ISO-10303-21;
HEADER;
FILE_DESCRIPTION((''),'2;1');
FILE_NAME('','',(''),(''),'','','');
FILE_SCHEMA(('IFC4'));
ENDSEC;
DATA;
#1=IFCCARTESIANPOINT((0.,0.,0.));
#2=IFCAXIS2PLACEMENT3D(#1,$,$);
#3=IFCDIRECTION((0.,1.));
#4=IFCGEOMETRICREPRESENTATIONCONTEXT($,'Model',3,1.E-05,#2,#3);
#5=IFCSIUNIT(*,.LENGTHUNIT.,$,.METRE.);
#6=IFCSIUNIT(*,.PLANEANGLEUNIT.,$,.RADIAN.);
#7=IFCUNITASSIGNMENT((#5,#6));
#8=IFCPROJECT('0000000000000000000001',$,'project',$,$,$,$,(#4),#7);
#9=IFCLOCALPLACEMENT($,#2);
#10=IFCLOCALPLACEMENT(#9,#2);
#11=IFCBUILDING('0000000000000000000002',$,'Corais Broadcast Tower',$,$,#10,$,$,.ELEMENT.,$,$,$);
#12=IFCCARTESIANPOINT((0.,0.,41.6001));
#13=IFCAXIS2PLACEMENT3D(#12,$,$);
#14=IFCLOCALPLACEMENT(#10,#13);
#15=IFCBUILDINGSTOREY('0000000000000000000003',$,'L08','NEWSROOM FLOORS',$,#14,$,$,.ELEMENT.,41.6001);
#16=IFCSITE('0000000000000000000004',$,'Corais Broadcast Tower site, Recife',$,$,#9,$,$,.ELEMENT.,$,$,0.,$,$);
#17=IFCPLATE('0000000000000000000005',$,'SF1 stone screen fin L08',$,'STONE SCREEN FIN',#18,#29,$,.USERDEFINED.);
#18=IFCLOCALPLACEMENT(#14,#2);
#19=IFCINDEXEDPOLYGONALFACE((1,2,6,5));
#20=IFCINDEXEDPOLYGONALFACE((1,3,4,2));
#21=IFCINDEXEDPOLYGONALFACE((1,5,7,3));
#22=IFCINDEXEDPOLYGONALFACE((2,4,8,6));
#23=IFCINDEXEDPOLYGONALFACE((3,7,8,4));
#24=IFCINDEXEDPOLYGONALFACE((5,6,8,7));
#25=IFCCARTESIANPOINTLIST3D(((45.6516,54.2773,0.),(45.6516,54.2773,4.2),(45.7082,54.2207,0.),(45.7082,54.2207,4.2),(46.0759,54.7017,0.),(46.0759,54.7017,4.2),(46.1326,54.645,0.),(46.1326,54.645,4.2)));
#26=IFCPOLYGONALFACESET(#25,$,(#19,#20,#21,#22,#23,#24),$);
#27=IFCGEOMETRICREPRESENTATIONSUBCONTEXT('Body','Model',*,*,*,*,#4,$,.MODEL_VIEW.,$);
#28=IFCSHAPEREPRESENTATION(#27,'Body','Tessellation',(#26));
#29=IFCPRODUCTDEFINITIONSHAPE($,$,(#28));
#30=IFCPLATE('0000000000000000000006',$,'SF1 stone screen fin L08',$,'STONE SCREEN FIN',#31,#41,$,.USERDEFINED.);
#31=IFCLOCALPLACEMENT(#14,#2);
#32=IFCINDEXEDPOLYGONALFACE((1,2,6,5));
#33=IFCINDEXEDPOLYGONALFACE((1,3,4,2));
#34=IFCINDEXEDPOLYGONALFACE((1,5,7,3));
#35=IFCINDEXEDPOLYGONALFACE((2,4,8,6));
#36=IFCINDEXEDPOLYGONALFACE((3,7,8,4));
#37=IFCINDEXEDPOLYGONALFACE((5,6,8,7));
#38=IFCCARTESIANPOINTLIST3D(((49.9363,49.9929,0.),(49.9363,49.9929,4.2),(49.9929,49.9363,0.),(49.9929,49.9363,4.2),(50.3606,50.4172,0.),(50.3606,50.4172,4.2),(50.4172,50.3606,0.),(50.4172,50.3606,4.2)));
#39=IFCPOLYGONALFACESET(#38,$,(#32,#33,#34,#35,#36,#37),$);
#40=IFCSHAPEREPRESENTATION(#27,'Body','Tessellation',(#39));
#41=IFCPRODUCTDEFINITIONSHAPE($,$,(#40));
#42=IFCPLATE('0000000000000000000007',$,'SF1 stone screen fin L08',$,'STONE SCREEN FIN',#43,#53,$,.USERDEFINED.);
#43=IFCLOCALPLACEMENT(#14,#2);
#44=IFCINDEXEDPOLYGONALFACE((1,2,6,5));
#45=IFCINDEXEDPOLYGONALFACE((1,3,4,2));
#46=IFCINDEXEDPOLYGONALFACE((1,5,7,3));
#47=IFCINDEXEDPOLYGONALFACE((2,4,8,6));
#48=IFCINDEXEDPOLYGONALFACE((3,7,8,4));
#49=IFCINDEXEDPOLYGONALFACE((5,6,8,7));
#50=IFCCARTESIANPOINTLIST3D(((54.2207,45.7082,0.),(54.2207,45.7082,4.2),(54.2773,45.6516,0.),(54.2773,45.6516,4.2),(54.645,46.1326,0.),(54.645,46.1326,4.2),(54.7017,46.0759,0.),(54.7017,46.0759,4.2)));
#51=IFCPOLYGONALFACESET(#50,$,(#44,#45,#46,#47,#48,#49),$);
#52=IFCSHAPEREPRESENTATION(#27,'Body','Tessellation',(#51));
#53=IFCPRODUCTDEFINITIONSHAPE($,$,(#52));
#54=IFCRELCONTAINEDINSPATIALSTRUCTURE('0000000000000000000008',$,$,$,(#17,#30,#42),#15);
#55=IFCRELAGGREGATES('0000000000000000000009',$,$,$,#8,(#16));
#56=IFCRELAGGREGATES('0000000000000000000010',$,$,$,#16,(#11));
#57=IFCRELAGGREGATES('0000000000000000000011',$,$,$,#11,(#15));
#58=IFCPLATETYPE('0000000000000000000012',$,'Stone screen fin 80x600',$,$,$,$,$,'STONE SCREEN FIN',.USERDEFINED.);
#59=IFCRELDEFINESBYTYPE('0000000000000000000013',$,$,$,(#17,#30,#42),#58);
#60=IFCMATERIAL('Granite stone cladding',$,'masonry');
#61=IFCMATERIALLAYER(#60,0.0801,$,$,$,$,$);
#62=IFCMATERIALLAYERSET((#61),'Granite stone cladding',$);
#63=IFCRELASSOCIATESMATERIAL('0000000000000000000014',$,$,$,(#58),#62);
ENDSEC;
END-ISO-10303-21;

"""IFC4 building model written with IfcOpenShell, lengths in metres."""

from ifc_helpers import new_model, si_unit, direction, frame, origin, origin_2d, place, context, subcontext, project, spatial, rectangle, extrude, material, layer, layer_set, type_object, element, save


model = new_model("IFC4")

# Units and contexts
model_context = context("Model", 3, precision=1e-05, world=origin(), true_north=direction((0.0, 1.0)))
body_context = subcontext(model_context, "Body", "Model", "MODEL_VIEW")
ifc_project = project(units=[si_unit("LENGTHUNIT", "METRE"), si_unit("PLANEANGLEUNIT", "RADIAN")], contexts=[model_context])

# Site, building, storey
site_placement = place(None, origin())
site = spatial("IfcSite", under=ifc_project, at=site_placement, Name="Corais Broadcast Tower site, Recife", CompositionType="ELEMENT", RefElevation=0.0)
building_placement = place(site_placement, origin())
building = spatial("IfcBuilding", under=site, at=building_placement, Name="Corais Broadcast Tower", CompositionType="ELEMENT")
storey_placement = place(building_placement, frame((0.0, 0.0, 41.6001)))
storey = spatial("IfcBuildingStorey", under=building, at=storey_placement, Name="L08", Description="NEWSROOM FLOORS", CompositionType="ELEMENT", Elevation=41.6001)

# Plates
ifc_material_1 = material(Name="Granite stone cladding", Category="masonry")
ifc_layer_1 = layer(ifc_material_1, 0.0801)
ifc_layer_set_1 = layer_set([ifc_layer_1], Name="Granite stone cladding")
plate_type_1 = type_object("IfcPlateType", Name="Stone screen fin 80x600", ElementType="STONE SCREEN FIN", PredefinedType="USERDEFINED", material=ifc_layer_set_1)
for number, where, z_axis, x_axis, name in (
    (1, (45.8921, 54.4612, 0.0), (0.0, 0.0, 1.0), (0.707107, -0.707107, 0.0), "SF1 stone screen fin L08"),
    (2, (50.1768, 50.1768, 0.0), (0.0, 0.0, 1.0), (0.707107, -0.707107, 0.0), "SF1 stone screen fin L08"),
    (3, (54.4612, 45.8921, 0.0), (0.0, 0.0, 1.0), (0.707107, -0.707107, 0.0), "SF1 stone screen fin L08"),
):
    element("IfcPlate", number, at=place(storey_placement, frame(where, z_axis=z_axis, x_axis=x_axis)), inside=storey, type_object=plate_type_1, Name=name, ObjectType="STONE SCREEN FIN", PredefinedType="USERDEFINED", context=body_context, shape_type="SweptSolid", body=[
        extrude(rectangle(XDim=0.0801, YDim=0.6001, at=origin_2d()), origin(), (0.0, 0.0, 1.0), 4.2),
    ])

save(model, "model.ifc")
